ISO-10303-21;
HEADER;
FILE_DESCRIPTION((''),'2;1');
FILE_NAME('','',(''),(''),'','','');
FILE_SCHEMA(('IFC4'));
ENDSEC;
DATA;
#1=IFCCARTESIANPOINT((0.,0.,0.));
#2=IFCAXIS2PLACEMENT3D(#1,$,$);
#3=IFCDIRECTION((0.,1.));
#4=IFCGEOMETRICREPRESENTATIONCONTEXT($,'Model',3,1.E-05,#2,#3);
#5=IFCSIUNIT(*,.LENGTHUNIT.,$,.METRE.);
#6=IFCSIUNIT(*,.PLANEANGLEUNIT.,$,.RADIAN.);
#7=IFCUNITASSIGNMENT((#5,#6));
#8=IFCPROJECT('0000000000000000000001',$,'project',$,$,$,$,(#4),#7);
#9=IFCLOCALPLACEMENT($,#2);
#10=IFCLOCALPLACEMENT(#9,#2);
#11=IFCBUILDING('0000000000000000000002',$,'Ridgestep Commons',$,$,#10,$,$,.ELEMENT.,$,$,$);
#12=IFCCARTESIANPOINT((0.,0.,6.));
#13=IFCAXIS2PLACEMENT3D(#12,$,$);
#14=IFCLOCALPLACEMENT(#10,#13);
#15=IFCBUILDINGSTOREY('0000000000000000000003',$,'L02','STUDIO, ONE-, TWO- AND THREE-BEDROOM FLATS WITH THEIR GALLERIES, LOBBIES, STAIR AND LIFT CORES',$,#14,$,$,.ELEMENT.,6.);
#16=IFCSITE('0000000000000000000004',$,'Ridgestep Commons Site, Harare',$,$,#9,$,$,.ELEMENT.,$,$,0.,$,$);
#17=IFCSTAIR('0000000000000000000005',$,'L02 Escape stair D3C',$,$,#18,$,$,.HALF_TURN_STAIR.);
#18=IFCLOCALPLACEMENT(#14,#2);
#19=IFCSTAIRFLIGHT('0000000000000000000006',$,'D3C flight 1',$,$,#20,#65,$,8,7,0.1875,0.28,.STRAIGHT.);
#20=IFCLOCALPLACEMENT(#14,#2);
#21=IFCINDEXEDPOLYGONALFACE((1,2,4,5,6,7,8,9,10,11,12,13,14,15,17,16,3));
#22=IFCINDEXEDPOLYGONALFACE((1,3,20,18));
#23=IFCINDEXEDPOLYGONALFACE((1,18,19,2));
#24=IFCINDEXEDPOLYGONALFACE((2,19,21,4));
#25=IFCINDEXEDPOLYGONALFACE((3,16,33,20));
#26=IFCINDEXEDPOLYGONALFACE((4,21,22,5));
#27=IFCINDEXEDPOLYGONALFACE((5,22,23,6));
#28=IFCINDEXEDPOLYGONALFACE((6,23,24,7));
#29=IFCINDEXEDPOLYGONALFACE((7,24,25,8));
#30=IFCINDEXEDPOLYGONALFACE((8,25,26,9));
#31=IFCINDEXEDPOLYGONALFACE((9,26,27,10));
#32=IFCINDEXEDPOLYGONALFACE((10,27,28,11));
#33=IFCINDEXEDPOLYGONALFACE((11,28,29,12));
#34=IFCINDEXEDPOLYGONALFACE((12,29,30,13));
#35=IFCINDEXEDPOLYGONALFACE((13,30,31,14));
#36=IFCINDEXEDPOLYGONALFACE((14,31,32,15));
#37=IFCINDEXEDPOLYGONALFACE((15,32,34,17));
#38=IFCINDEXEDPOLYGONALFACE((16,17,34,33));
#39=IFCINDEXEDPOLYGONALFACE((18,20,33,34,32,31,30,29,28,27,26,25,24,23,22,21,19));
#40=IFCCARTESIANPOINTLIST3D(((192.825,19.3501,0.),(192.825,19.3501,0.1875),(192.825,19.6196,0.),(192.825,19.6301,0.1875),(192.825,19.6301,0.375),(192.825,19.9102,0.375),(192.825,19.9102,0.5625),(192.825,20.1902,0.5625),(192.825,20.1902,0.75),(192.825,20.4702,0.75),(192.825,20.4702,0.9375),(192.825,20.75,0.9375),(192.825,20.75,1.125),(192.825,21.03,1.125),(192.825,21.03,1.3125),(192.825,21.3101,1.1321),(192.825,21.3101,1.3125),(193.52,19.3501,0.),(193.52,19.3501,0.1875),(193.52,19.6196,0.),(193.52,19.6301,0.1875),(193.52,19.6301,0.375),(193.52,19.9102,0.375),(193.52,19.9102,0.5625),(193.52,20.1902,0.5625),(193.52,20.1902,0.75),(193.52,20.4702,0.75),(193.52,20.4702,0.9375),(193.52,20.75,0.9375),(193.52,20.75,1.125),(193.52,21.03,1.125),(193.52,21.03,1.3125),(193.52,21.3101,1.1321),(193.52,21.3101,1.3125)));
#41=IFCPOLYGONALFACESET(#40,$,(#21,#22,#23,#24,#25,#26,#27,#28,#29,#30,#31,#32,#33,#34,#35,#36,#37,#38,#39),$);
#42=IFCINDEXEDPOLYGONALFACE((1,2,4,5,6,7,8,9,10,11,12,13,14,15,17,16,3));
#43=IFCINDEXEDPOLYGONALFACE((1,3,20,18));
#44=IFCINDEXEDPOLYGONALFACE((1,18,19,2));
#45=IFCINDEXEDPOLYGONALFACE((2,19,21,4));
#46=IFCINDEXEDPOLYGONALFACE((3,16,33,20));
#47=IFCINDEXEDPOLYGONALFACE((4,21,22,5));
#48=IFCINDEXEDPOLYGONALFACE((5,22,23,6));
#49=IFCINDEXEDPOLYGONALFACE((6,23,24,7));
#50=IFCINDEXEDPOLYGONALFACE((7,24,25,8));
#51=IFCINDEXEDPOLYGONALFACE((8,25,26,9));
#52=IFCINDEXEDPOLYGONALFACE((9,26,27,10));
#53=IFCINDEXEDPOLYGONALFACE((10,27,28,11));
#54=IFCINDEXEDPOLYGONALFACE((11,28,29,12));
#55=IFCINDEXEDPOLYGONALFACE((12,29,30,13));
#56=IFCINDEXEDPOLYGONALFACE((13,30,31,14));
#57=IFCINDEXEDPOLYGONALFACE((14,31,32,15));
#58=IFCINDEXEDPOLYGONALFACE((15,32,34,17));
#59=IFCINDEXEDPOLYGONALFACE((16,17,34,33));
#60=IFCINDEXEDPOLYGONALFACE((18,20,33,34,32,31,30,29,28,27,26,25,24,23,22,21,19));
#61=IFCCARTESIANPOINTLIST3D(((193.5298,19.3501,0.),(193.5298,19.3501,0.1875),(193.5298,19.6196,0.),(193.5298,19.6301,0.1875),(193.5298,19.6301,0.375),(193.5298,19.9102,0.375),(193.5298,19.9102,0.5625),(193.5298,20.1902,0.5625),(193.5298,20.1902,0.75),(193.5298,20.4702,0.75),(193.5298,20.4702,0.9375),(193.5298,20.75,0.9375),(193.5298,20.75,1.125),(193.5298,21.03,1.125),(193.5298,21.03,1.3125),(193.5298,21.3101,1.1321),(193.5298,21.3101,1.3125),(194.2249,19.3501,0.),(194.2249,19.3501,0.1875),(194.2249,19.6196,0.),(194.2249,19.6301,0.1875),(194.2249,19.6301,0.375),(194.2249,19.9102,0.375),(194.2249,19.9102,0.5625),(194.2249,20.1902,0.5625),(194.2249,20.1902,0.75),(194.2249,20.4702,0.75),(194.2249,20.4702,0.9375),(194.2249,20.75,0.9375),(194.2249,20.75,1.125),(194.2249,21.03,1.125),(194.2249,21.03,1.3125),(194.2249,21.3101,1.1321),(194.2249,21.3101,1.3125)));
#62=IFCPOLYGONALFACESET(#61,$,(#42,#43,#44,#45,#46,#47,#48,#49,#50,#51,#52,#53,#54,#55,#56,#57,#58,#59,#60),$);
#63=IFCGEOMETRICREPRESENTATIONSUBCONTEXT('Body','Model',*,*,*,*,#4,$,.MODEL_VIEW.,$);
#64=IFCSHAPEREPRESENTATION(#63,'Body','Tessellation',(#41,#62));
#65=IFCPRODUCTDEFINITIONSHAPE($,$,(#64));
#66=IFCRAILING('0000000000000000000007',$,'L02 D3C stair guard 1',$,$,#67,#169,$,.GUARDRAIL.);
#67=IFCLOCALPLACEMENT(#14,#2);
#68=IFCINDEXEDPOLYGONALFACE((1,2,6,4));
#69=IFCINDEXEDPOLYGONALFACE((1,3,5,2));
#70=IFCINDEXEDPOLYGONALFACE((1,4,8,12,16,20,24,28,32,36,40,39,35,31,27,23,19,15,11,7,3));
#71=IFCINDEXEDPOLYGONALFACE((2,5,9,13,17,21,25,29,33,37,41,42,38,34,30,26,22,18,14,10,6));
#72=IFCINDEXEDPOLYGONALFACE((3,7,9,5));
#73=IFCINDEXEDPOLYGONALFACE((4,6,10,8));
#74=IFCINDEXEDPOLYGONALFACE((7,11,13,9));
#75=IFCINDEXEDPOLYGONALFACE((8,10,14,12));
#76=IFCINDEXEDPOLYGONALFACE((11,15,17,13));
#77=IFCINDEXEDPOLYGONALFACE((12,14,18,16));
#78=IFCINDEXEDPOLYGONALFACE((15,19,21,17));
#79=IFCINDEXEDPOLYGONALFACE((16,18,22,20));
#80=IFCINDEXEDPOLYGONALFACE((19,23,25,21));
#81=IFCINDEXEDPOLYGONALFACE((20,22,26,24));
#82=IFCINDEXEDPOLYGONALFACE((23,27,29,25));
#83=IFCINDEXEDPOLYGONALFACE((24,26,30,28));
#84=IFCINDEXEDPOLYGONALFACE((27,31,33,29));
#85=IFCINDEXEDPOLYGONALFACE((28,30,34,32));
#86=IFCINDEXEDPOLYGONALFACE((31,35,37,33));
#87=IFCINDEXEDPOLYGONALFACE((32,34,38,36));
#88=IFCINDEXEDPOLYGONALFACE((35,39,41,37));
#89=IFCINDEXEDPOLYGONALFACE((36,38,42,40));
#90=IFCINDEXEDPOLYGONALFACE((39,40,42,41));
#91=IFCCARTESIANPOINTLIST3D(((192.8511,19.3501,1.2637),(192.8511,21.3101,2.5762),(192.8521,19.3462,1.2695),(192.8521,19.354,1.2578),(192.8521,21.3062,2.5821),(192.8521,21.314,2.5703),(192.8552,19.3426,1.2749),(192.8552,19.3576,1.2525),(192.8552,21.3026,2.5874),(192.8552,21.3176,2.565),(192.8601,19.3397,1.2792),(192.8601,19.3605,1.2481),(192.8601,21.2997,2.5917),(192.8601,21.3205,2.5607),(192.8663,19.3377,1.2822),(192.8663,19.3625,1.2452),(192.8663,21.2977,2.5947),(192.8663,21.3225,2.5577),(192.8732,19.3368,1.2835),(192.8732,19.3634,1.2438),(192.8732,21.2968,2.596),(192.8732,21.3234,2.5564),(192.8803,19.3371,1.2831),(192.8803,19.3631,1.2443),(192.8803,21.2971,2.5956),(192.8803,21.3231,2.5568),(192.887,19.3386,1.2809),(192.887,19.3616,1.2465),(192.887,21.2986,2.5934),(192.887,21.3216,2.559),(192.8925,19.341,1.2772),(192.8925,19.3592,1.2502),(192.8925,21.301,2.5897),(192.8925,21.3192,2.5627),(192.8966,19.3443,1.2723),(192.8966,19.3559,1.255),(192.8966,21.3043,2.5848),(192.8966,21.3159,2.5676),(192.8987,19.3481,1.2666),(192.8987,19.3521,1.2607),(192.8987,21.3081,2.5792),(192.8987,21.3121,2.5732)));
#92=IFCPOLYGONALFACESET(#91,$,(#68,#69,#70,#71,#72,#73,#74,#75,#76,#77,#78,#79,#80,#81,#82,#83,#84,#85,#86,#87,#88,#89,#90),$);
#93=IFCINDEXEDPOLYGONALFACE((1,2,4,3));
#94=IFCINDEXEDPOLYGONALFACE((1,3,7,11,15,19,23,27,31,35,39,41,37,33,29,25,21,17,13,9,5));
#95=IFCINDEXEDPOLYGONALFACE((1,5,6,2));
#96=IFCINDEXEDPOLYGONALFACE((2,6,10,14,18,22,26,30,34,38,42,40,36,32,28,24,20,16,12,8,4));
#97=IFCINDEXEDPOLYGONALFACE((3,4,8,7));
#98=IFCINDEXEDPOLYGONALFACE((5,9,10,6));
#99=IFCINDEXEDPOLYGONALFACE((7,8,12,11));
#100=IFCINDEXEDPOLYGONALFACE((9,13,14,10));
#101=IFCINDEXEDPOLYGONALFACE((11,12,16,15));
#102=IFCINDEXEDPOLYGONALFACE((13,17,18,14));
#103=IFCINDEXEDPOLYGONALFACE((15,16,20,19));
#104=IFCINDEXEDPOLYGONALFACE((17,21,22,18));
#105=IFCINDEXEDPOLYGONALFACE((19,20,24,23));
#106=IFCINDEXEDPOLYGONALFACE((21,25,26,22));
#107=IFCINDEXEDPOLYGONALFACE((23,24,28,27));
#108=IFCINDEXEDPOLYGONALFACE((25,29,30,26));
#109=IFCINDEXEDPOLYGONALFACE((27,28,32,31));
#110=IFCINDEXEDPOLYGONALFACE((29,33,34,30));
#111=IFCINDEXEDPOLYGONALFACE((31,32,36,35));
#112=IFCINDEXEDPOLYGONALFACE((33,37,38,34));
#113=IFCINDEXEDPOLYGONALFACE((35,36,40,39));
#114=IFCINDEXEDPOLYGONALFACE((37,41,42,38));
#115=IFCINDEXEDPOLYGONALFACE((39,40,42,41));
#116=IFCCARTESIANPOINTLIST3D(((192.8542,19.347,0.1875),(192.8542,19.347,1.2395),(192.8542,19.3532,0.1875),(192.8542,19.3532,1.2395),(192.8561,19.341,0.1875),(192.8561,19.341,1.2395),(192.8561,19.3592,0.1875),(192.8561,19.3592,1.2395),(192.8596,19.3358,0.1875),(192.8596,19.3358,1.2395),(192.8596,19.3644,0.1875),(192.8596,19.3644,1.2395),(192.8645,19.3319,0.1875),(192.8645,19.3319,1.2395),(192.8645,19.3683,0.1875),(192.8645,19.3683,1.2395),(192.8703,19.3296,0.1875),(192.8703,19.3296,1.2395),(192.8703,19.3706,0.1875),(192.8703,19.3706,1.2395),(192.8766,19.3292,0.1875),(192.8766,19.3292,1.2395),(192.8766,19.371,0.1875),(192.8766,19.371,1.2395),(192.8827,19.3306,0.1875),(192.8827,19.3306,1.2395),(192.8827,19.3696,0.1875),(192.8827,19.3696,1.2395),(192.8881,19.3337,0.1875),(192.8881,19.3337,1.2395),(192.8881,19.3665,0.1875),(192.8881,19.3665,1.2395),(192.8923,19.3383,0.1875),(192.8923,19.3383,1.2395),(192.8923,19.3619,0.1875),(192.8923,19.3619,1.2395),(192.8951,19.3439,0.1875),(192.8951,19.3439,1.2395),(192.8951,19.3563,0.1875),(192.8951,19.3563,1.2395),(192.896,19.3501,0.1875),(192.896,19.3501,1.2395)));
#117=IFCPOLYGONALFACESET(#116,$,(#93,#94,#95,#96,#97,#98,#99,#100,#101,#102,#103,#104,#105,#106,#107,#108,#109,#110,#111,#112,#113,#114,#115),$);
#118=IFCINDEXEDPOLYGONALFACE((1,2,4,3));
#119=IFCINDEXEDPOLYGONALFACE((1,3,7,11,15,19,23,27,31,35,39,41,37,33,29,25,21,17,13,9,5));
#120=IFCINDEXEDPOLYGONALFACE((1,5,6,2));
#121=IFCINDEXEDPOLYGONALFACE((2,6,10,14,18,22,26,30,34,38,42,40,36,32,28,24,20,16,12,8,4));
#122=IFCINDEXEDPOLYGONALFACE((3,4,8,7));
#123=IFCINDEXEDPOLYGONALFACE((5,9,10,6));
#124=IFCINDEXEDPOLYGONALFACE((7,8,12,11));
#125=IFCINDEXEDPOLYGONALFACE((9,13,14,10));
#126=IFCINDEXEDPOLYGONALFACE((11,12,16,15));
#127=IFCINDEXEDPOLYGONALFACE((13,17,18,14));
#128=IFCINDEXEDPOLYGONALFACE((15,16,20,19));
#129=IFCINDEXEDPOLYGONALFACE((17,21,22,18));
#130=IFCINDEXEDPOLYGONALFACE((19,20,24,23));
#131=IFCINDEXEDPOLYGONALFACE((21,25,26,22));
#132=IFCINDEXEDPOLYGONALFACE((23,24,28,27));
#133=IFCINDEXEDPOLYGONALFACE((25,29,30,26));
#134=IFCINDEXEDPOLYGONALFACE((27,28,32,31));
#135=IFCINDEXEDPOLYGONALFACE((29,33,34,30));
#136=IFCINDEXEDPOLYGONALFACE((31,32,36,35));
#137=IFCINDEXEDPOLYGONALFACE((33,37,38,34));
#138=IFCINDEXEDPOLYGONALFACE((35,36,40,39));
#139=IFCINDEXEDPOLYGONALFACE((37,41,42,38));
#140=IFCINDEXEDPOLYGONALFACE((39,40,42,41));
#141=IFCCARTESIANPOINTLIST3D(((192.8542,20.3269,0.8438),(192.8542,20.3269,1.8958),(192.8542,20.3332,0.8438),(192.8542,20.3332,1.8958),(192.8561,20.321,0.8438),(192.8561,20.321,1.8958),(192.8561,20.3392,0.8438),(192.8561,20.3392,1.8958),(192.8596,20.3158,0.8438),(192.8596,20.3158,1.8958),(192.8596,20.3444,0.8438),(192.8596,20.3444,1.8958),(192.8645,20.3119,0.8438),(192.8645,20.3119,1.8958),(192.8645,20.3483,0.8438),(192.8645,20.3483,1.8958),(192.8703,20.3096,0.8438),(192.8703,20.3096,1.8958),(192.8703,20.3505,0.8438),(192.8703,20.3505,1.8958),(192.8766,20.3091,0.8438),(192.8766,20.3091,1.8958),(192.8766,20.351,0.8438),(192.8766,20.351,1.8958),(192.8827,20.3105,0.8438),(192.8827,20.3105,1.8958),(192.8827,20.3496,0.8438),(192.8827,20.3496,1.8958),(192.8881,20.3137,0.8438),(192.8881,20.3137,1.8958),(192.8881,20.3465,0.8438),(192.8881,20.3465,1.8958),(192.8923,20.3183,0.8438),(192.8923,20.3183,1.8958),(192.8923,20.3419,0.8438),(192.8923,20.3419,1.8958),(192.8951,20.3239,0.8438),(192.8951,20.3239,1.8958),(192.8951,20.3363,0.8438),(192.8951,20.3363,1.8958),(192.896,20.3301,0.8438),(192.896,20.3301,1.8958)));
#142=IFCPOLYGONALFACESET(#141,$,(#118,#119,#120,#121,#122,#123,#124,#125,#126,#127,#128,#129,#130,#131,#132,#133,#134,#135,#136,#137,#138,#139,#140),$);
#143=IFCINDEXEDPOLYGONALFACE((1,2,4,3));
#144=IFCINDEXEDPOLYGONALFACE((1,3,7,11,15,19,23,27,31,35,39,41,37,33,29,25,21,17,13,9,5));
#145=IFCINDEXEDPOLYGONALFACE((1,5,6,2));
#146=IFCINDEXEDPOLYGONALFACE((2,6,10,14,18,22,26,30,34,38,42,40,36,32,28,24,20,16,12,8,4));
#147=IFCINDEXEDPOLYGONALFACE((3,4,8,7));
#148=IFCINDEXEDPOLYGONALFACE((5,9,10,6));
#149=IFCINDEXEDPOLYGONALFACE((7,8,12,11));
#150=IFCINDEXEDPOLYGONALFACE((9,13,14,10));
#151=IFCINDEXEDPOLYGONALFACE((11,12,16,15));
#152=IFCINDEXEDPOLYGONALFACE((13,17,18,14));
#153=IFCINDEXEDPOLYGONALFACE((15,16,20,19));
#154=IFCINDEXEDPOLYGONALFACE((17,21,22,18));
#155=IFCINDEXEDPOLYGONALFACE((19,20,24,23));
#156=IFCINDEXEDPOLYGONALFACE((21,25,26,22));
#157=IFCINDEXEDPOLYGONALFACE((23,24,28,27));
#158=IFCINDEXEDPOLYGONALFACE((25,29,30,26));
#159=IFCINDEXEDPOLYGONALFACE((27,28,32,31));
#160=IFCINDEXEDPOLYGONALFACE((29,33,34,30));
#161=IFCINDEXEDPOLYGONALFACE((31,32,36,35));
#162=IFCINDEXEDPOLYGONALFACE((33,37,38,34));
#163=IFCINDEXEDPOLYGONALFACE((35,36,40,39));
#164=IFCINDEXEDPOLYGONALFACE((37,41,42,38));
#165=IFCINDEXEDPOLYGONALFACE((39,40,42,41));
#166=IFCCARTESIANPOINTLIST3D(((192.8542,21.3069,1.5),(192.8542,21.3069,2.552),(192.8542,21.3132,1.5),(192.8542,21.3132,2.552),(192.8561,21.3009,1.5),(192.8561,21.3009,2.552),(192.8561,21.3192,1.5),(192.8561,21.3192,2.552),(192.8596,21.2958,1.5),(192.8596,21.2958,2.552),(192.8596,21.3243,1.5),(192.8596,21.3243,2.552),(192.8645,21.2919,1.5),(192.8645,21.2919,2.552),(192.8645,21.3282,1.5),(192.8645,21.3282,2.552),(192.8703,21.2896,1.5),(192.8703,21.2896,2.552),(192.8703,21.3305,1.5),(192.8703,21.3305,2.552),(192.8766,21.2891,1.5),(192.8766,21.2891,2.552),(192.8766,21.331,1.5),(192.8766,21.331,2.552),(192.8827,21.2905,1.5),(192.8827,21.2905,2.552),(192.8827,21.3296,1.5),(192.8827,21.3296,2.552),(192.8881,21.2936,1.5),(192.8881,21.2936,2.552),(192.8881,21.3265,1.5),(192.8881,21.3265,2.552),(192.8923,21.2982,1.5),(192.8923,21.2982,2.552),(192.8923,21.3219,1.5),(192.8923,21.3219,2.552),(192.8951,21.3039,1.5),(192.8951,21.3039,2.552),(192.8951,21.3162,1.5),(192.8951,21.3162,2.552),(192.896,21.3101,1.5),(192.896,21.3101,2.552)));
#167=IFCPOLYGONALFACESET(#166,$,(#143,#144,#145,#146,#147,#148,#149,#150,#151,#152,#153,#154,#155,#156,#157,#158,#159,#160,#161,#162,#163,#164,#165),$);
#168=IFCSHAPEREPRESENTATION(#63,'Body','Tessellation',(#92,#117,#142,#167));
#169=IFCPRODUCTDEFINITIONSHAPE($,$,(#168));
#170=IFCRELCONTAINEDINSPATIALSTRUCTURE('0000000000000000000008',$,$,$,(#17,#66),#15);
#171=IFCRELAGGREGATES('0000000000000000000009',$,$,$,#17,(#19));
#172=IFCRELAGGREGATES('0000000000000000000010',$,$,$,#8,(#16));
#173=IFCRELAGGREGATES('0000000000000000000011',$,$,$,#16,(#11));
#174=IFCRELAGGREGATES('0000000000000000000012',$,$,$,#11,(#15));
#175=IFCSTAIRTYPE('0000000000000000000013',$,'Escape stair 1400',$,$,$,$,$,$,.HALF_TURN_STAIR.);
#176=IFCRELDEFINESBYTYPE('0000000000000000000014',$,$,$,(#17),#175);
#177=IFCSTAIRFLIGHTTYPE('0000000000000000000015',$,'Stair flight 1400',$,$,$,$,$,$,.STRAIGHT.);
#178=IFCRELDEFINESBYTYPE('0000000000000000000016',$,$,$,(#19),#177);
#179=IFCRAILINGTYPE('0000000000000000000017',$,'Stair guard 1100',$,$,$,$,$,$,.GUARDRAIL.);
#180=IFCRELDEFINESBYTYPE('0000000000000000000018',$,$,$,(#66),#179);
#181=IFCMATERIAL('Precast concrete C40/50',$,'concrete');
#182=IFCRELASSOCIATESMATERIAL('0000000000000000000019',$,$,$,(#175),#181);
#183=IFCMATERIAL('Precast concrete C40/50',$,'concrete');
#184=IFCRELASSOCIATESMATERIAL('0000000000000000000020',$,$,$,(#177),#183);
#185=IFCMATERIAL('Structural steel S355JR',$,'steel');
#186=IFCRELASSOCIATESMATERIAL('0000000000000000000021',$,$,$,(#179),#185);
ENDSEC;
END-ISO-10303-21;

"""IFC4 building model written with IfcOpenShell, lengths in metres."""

from ifc_helpers import new_model, si_unit, direction, frame, origin, origin_2d, place, context, subcontext, project, spatial, polyline, circle, outline, extrude, material, type_object, element, aggregate, save


model = new_model("IFC4")

# Units and contexts
model_context = context("Model", 3, precision=1e-05, world=origin(), true_north=direction((0.0, 1.0)))
body_context = subcontext(model_context, "Body", "Model", "MODEL_VIEW")
ifc_project = project(units=[si_unit("LENGTHUNIT", "METRE"), si_unit("PLANEANGLEUNIT", "RADIAN")], contexts=[model_context])

# Site, building, storey
site_placement = place(None, origin())
site = spatial("IfcSite", under=ifc_project, at=site_placement, Name="Ridgestep Commons Site, Harare", CompositionType="ELEMENT", RefElevation=0.0)
building_placement = place(site_placement, origin())
building = spatial("IfcBuilding", under=site, at=building_placement, Name="Ridgestep Commons", CompositionType="ELEMENT")
storey_placement = place(building_placement, frame((0.0, 0.0, 6.0)))
storey = spatial("IfcBuildingStorey", under=building, at=storey_placement, Name="L02", Description="STUDIO, ONE-, TWO- AND THREE-BEDROOM FLATS WITH THEIR GALLERIES, LOBBIES, STAIR AND LIFT CORES", CompositionType="ELEMENT", Elevation=6.0)

# Stair, stair flight
ifc_material_1 = material(Name="Precast concrete C40/50", Category="concrete")
stair_type = type_object("IfcStairType", Name="Escape stair 1400", PredefinedType="HALF_TURN_STAIR", material=ifc_material_1)
stair_placement = place(storey_placement, origin())
stair = element("IfcStair", 1, at=stair_placement, inside=storey, type_object=stair_type, Name="L02 Escape stair D3C", PredefinedType="HALF_TURN_STAIR")
ifc_material_2 = material(Name="Precast concrete C40/50", Category="concrete")
stair_flight_type = type_object("IfcStairFlightType", Name="Stair flight 1400", PredefinedType="STRAIGHT", material=ifc_material_2)
stair_flight_placement = place(storey_placement, frame((193.5249, 19.3501, 0.0), z_axis=(0.0, 0.0, 1.0), x_axis=(0.0, 1.0, 0.0)))
stair_flight = element("IfcStairFlight", 2, at=stair_flight_placement, type_object=stair_flight_type, Name="D3C flight 1", NumberOfRisers=8, NumberOfTreads=7, PredefinedType="STRAIGHT", RiserHeight=0.1875, TreadLength=0.28, context=body_context, shape_type="SweptSolid", body=[
    extrude(outline(polyline([(0.0, 0.0), (0.0, 0.1875), (0.28, 0.1875), (0.28, 0.375), (0.5601, 0.375), (0.5601, 0.5625), (0.8401, 0.5625), (0.8401, 0.75), (1.1201, 0.75), (1.1201, 0.9375), (1.3999, 0.9375), (1.3999, 1.125), (1.6799, 1.125), (1.6799, 1.3125), (1.96, 1.3125), (1.96, 1.5), (1.96, 1.1321), (0.2695, 0.0), (0.0, 0.0)])), frame((0.0, 0.7, 0.0), z_axis=(0.0, -1.0, 0.0), x_axis=(1.0, 0.0, 0.0)), (0.0, 0.0, 1.0), 0.6951),
    extrude(outline(polyline([(0.0, 0.0), (0.0, 0.1875), (0.28, 0.1875), (0.28, 0.375), (0.5601, 0.375), (0.5601, 0.5625), (0.8401, 0.5625), (0.8401, 0.75), (1.1201, 0.75), (1.1201, 0.9375), (1.3999, 0.9375), (1.3999, 1.125), (1.6799, 1.125), (1.6799, 1.3125), (1.96, 1.3125), (1.96, 1.5), (1.96, 1.1321), (0.2695, 0.0), (0.0, 0.0)])), frame((0.0, -0.0049, 0.0), z_axis=(0.0, -1.0, 0.0), x_axis=(1.0, 0.0, 0.0)), (0.0, 0.0, 1.0), 0.6951),
])
aggregate(stair, [stair_flight])

# Railing
ifc_material_3 = material(Name="Structural steel S355JR", Category="steel")
railing_type_1 = type_object("IfcRailingType", Name="Stair guard 1100", PredefinedType="GUARDRAIL", material=ifc_material_3)
railing_1_placement = place(storey_placement, frame((192.875, 19.3501, 0.1875)))
element("IfcRailing", 3, at=railing_1_placement, inside=storey, type_object=railing_type_1, Name="L02 D3C stair guard 1", PredefinedType="GUARDRAIL", context=body_context, shape_type="SweptSolid", body=[
    extrude(circle(Radius=0.0239, at=origin_2d()), frame((0.0, 0.0, 1.0762), z_axis=(0.0, 0.830902, 0.556419), x_axis=(-1.0, 0.0, 0.0)), (0.0, 0.0, 1.0), 2.3589),
    extrude(circle(Radius=0.021, at=origin_2d()), origin(), (0.0, 0.0, 1.0), 1.052),
    extrude(circle(Radius=0.021, at=origin_2d()), frame((0.0, 0.98, 0.6562)), (0.0, 0.0, 1.0), 1.052),
    extrude(circle(Radius=0.021, at=origin_2d()), frame((0.0, 1.96, 1.3125)), (0.0, 0.0, 1.0), 1.052),
])

save(model, "model.ifc")
